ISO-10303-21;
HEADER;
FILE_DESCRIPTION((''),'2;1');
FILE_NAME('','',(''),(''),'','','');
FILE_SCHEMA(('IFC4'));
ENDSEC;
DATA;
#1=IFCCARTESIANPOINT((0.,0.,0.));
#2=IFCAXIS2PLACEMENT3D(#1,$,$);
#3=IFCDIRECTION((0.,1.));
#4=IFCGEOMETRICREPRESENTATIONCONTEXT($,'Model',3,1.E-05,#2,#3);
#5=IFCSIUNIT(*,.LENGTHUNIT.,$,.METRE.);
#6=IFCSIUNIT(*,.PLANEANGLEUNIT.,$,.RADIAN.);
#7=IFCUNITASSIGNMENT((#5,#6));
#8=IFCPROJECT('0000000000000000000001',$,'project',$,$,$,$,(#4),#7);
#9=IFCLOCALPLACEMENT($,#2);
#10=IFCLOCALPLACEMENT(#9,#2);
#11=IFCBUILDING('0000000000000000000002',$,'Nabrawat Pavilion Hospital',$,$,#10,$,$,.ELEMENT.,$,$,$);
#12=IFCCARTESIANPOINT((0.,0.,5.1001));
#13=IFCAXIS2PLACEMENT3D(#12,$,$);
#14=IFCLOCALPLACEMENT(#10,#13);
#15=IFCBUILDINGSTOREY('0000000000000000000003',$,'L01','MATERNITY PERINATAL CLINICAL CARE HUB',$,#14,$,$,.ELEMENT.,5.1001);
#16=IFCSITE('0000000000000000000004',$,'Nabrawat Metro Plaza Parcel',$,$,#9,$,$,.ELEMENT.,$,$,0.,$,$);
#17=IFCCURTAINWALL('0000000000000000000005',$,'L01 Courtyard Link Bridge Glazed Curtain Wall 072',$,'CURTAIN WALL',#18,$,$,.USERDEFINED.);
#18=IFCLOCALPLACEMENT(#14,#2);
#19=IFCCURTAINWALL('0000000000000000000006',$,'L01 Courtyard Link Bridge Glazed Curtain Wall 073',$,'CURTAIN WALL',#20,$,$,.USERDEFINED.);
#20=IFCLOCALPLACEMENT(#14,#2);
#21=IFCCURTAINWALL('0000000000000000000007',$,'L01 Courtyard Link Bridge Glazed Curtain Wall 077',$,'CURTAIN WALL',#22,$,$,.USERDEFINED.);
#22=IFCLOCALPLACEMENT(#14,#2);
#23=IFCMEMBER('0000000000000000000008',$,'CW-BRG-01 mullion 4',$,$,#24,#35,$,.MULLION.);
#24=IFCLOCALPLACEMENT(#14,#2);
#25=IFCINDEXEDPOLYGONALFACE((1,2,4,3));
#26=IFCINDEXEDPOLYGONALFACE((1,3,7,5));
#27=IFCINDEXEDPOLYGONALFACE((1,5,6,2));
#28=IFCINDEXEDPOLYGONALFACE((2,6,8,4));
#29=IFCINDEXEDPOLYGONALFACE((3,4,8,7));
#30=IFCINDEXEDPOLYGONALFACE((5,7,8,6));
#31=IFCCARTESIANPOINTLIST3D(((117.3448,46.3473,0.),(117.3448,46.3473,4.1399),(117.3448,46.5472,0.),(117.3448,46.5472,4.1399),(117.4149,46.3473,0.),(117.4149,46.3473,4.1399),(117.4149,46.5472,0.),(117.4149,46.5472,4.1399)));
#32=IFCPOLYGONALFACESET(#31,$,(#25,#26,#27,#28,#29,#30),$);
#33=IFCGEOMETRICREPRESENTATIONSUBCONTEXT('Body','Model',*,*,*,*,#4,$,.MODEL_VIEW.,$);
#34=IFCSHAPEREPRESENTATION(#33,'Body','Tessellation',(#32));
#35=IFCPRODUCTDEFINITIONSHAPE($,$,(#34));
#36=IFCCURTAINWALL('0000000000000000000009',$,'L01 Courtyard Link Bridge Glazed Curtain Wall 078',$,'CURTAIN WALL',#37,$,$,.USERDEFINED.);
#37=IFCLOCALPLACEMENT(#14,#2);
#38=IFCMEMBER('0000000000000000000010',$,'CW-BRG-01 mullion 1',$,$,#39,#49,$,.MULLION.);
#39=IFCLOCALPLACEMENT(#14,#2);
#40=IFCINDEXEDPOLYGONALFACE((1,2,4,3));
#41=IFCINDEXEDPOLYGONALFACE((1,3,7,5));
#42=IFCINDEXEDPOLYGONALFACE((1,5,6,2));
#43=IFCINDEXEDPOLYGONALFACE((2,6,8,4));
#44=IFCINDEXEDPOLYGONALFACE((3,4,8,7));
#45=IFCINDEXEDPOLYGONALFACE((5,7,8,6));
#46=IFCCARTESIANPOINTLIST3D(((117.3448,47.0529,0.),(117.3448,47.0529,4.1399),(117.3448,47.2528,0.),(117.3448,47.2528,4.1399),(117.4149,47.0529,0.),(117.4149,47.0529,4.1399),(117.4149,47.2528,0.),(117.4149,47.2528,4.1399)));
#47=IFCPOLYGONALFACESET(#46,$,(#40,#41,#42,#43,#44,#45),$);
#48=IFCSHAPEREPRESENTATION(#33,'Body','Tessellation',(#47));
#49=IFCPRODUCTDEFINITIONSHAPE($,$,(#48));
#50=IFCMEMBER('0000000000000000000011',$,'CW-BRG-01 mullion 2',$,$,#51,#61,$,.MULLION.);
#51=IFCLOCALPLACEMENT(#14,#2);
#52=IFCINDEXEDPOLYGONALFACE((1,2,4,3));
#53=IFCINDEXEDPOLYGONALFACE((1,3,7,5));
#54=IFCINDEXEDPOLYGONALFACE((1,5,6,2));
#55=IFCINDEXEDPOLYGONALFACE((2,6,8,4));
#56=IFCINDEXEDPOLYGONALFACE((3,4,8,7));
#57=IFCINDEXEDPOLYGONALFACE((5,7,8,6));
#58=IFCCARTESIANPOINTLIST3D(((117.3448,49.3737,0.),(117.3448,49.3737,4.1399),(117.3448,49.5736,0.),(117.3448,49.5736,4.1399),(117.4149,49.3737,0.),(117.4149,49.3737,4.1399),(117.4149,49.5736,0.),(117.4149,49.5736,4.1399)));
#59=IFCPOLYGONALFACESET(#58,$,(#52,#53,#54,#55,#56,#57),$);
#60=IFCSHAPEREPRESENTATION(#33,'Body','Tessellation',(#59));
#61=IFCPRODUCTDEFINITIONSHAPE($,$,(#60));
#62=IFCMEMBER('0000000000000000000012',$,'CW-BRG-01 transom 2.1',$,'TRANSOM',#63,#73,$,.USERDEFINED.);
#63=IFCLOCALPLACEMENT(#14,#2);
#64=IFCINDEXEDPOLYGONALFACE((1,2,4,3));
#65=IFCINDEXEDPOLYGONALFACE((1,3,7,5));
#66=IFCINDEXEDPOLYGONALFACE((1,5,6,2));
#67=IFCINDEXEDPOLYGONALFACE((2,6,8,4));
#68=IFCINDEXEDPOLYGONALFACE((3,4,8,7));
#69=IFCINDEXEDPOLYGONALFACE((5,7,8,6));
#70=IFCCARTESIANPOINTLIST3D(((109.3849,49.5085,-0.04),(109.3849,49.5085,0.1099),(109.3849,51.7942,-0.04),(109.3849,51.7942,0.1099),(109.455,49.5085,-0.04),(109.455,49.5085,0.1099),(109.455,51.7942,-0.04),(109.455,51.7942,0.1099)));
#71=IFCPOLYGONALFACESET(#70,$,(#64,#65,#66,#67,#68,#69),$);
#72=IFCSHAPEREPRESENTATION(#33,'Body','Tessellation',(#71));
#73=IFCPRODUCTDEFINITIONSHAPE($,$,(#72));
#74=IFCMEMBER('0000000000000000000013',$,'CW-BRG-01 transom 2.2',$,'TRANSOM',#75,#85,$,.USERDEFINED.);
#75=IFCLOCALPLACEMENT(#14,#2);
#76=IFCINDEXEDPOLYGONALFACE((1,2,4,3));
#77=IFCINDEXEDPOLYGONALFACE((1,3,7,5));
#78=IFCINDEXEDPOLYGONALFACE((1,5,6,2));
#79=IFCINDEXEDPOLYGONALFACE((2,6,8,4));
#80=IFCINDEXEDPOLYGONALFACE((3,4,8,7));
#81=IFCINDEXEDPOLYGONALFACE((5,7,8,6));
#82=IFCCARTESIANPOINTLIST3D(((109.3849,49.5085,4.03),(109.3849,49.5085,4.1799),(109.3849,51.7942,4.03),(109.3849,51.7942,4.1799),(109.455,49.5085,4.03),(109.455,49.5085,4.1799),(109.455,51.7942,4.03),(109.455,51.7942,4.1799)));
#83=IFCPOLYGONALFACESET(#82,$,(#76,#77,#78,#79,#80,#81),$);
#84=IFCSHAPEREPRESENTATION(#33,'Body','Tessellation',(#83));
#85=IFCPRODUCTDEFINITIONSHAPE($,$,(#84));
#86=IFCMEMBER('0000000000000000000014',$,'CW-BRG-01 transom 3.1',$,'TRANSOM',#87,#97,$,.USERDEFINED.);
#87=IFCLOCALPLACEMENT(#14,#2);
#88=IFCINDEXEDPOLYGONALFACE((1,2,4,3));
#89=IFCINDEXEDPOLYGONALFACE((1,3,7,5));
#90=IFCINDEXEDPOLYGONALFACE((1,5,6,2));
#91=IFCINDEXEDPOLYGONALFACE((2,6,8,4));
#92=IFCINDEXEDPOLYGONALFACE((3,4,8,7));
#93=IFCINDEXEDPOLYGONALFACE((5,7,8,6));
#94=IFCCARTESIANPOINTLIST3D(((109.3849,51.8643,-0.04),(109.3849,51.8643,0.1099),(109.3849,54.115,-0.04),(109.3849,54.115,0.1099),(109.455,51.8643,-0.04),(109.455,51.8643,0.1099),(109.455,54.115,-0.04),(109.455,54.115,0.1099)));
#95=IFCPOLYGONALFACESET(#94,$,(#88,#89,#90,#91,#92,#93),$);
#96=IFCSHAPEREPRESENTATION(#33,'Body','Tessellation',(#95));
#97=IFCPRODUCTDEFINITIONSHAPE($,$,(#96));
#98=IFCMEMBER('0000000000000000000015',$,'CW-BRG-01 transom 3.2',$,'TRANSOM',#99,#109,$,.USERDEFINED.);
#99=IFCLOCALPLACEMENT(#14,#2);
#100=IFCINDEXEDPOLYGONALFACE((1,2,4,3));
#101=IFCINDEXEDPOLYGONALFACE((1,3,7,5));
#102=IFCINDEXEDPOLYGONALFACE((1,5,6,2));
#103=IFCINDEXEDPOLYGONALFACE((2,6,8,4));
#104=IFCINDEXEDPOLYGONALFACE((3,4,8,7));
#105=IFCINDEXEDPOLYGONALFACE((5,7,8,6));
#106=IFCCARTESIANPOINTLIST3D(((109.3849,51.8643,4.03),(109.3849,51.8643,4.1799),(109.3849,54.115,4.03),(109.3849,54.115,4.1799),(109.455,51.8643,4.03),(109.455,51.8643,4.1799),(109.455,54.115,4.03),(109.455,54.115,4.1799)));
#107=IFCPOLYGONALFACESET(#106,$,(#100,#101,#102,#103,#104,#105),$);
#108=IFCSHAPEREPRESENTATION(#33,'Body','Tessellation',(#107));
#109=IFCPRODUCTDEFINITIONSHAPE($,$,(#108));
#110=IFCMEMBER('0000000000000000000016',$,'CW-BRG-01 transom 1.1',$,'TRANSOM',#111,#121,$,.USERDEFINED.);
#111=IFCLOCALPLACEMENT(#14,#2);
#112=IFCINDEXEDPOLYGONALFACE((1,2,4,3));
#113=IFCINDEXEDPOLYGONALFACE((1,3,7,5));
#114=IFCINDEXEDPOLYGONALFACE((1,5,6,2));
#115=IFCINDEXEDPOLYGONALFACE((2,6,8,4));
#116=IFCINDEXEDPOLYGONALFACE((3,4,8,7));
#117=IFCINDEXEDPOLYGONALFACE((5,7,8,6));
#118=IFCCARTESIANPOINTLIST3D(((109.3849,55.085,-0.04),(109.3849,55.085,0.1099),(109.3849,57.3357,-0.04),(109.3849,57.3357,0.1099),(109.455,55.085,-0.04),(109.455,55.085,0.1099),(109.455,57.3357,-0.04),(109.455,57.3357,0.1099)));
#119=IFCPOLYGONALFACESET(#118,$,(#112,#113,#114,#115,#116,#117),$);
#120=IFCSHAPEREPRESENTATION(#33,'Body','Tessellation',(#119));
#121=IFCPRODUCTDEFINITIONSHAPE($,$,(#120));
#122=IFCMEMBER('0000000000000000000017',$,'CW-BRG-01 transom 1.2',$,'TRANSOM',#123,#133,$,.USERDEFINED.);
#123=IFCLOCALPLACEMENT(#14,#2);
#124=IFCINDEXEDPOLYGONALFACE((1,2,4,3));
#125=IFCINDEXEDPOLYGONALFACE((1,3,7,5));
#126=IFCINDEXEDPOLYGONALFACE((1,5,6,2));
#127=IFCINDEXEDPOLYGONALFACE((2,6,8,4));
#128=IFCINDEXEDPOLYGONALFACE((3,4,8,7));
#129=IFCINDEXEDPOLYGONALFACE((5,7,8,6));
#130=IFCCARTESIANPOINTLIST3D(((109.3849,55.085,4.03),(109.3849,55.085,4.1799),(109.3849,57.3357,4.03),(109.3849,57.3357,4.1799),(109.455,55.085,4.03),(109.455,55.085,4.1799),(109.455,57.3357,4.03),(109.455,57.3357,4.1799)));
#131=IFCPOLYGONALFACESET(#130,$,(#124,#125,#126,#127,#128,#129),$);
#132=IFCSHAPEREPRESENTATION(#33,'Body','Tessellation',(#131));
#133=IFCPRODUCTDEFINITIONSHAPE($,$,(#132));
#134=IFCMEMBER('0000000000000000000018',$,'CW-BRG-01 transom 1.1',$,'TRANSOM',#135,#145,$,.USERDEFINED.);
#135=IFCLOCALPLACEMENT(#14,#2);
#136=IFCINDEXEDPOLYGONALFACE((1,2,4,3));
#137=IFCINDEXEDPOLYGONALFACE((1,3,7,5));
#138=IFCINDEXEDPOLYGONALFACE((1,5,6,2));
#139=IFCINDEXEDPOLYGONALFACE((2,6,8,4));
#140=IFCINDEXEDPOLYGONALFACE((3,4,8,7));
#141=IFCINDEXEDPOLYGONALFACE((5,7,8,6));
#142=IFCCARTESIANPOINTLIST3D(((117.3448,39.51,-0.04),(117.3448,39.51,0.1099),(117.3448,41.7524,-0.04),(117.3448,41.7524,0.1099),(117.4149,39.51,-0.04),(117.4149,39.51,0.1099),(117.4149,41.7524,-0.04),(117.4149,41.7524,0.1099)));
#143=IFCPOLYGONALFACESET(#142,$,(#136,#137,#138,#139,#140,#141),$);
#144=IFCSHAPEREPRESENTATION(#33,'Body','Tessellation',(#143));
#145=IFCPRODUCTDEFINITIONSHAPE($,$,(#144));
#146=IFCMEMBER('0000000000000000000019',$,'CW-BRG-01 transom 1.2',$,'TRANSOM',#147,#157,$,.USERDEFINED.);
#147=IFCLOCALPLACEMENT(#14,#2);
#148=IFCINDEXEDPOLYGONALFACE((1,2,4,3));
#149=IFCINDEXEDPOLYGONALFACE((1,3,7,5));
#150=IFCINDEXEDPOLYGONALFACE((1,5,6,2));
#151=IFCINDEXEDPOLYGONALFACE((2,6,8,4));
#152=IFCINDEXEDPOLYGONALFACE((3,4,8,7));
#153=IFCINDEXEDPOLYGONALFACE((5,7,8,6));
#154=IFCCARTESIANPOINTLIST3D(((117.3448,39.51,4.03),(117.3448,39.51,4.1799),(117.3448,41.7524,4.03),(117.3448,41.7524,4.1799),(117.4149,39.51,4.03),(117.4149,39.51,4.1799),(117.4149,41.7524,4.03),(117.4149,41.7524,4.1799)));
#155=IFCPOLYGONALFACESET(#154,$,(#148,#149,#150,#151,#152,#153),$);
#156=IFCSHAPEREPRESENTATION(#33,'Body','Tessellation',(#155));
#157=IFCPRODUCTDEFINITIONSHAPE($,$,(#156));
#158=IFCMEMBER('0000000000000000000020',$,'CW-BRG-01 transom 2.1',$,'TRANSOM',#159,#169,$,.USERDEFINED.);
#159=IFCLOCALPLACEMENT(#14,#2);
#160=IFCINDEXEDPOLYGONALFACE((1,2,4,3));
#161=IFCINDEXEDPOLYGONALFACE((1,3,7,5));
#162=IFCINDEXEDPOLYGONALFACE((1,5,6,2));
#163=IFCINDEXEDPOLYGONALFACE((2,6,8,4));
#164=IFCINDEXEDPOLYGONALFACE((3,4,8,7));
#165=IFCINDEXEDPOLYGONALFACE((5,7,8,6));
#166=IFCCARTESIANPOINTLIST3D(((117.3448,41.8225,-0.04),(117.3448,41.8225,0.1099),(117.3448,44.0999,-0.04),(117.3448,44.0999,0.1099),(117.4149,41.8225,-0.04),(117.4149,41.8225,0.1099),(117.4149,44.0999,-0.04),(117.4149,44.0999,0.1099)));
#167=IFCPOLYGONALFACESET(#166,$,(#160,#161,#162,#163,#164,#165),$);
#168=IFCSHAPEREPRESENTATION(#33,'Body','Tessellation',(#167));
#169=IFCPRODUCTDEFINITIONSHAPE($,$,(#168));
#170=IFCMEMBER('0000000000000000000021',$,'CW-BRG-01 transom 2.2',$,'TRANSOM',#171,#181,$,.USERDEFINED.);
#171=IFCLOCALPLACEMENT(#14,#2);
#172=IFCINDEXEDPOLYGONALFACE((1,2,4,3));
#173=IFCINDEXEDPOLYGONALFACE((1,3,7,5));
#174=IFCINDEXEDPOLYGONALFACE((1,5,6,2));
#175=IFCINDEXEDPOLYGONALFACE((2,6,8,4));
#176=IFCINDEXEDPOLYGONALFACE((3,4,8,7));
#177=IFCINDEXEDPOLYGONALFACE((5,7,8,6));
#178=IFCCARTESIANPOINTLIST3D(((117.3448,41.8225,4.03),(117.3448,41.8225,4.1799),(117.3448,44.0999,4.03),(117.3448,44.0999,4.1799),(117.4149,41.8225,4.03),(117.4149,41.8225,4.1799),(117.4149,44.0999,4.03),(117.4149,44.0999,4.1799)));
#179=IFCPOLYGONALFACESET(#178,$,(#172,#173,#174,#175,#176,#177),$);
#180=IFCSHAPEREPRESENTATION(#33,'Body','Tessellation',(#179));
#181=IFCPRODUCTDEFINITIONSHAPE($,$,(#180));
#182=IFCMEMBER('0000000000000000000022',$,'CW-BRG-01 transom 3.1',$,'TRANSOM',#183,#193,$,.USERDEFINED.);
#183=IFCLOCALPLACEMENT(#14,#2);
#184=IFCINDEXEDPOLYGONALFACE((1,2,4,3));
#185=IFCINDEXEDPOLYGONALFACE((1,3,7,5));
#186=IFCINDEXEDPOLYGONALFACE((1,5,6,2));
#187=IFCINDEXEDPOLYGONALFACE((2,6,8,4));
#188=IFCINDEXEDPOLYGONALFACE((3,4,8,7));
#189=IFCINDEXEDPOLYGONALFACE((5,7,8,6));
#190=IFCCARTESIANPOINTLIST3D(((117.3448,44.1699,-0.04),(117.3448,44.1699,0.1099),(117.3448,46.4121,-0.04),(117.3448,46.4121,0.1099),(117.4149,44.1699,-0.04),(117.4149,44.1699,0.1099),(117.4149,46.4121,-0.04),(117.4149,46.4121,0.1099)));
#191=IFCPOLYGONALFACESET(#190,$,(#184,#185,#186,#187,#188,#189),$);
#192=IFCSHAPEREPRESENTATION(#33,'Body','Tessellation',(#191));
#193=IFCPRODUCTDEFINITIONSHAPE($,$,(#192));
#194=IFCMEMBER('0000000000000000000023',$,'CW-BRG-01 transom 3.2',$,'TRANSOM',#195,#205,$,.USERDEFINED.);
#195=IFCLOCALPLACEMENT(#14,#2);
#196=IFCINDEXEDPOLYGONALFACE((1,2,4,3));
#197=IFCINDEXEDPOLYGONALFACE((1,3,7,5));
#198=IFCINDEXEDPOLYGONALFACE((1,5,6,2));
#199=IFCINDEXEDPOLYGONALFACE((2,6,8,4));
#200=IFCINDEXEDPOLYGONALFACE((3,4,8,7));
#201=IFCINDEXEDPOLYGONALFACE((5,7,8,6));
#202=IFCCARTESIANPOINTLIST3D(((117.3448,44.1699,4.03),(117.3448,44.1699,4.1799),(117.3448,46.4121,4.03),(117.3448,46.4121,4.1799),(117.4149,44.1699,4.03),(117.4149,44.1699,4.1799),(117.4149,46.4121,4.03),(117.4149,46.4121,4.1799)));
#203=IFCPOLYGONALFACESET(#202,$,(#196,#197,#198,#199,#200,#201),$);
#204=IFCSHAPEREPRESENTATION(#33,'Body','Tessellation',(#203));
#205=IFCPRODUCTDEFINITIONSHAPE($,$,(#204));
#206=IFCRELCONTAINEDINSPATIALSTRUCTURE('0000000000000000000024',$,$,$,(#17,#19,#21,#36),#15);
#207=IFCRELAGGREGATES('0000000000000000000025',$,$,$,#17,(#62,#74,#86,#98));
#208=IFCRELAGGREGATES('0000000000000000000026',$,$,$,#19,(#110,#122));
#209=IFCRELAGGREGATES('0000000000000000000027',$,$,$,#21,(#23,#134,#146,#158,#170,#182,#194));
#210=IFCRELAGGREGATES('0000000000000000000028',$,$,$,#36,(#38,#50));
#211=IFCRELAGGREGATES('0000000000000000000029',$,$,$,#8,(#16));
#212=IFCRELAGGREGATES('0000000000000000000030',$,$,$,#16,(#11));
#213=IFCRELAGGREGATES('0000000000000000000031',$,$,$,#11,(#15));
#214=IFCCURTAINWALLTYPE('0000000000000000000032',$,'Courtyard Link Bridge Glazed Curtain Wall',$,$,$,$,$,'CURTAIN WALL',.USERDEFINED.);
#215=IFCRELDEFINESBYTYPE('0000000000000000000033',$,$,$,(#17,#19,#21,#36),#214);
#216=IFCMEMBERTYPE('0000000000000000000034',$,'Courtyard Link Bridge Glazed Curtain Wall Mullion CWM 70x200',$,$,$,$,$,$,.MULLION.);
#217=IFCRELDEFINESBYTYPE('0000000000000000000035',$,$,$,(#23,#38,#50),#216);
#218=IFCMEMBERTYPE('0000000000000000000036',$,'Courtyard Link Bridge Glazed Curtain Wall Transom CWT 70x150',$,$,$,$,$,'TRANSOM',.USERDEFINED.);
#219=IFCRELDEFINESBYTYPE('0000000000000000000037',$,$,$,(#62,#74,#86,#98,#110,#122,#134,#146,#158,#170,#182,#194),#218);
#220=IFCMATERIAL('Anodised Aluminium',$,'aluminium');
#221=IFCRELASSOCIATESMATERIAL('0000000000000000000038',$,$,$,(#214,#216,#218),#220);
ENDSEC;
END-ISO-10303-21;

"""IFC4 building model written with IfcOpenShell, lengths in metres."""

from ifc_helpers import new_model, si_unit, direction, frame, origin, origin_2d, place, context, subcontext, project, spatial, rectangle, extrude, material, material_profile, profile_set, type_object, element, aggregate, save


model = new_model("IFC4")

# Units and contexts
model_context = context("Model", 3, precision=1e-05, world=origin(), true_north=direction((0.0, 1.0)))
body_context = subcontext(model_context, "Body", "Model", "MODEL_VIEW")
ifc_project = project(units=[si_unit("LENGTHUNIT", "METRE"), si_unit("PLANEANGLEUNIT", "RADIAN")], contexts=[model_context])

# Site, building, storey
site_placement = place(None, origin())
site = spatial("IfcSite", under=ifc_project, at=site_placement, Name="Nabrawat Metro Plaza Parcel", CompositionType="ELEMENT", RefElevation=0.0)
building_placement = place(site_placement, origin())
building = spatial("IfcBuilding", under=site, at=building_placement, Name="Nabrawat Pavilion Hospital", CompositionType="ELEMENT")
storey_placement = place(building_placement, frame((0.0, 0.0, 5.1001)))
storey = spatial("IfcBuildingStorey", under=building, at=storey_placement, Name="L01", Description="MATERNITY PERINATAL CLINICAL CARE HUB", CompositionType="ELEMENT", Elevation=5.1001)

# Curtain wall
ifc_material_1 = material(Name="Anodised Aluminium", Category="aluminium")
curtain_wall_type = type_object("IfcCurtainWallType", Name="Courtyard Link Bridge Glazed Curtain Wall", ElementType="CURTAIN WALL", PredefinedType="USERDEFINED", material=ifc_material_1)
curtain_wall_1_placement = place(storey_placement, origin())
curtain_wall_1 = element("IfcCurtainWall", 1, at=curtain_wall_1_placement, inside=storey, type_object=curtain_wall_type, Name="L01 Courtyard Link Bridge Glazed Curtain Wall 072", ObjectType="CURTAIN WALL", PredefinedType="USERDEFINED")
ifc_material_profile_1 = material_profile(ifc_material_1, rectangle(XDim=0.0701, YDim=0.2, at=origin_2d()), Name="CWM 70x200")
ifc_profile_set_1 = profile_set([ifc_material_profile_1], Name="Anodised Aluminium")
member_type_1 = type_object("IfcMemberType", Name="Courtyard Link Bridge Glazed Curtain Wall Mullion CWM 70x200", PredefinedType="MULLION", material=ifc_profile_set_1)

# Curtain wall
curtain_wall_2_placement = place(storey_placement, origin())
curtain_wall_2 = element("IfcCurtainWall", 2, at=curtain_wall_2_placement, inside=storey, type_object=curtain_wall_type, Name="L01 Courtyard Link Bridge Glazed Curtain Wall 073", ObjectType="CURTAIN WALL", PredefinedType="USERDEFINED")

# Curtain walls, members
curtain_wall_3_placement = place(storey_placement, origin())
curtain_wall_3 = element("IfcCurtainWall", 3, at=curtain_wall_3_placement, inside=storey, type_object=curtain_wall_type, Name="L01 Courtyard Link Bridge Glazed Curtain Wall 077", ObjectType="CURTAIN WALL", PredefinedType="USERDEFINED")
member_1_placement = place(storey_placement, frame((117.3799, 46.4473, 0.0), z_axis=(0.0, 0.0, 1.0), x_axis=(-1.0, 0.0, 0.0)))
member_1 = element("IfcMember", 4, at=member_1_placement, type_object=member_type_1, Name="CW-BRG-01 mullion 4", PredefinedType="MULLION", context=body_context, shape_type="SweptSolid", body=[
    extrude(rectangle(XDim=0.0701, YDim=0.2, at=origin_2d()), origin(), (0.0, 0.0, 1.0), 4.1399),
])
curtain_wall_4_placement = place(storey_placement, origin())
curtain_wall_4 = element("IfcCurtainWall", 5, at=curtain_wall_4_placement, inside=storey, type_object=curtain_wall_type, Name="L01 Courtyard Link Bridge Glazed Curtain Wall 078", ObjectType="CURTAIN WALL", PredefinedType="USERDEFINED")
member_2_placement = place(storey_placement, frame((117.3799, 47.1528, 0.0), z_axis=(0.0, 0.0, 1.0), x_axis=(-1.0, 0.0, 0.0)))
member_2 = element("IfcMember", 6, at=member_2_placement, type_object=member_type_1, Name="CW-BRG-01 mullion 1", PredefinedType="MULLION", context=body_context, shape_type="SweptSolid", body=[
    extrude(rectangle(XDim=0.0701, YDim=0.2, at=origin_2d()), origin(), (0.0, 0.0, 1.0), 4.1399),
])
member_3_placement = place(storey_placement, frame((117.3799, 49.4736, 0.0), z_axis=(0.0, 0.0, 1.0), x_axis=(-1.0, 0.0, 0.0)))
member_3 = element("IfcMember", 7, at=member_3_placement, type_object=member_type_1, Name="CW-BRG-01 mullion 2", PredefinedType="MULLION", context=body_context, shape_type="SweptSolid", body=[
    extrude(rectangle(XDim=0.0701, YDim=0.2, at=origin_2d()), origin(), (0.0, 0.0, 1.0), 4.1399),
])

# Members
ifc_material_profile_2 = material_profile(ifc_material_1, rectangle(XDim=0.0701, YDim=0.1499, at=origin_2d()), Name="CWT 70x150")
ifc_profile_set_2 = profile_set([ifc_material_profile_2], Name="Anodised Aluminium")
member_type_2 = type_object("IfcMemberType", Name="Courtyard Link Bridge Glazed Curtain Wall Transom CWT 70x150", ElementType="TRANSOM", PredefinedType="USERDEFINED", material=ifc_profile_set_2)
member_4_placement = place(storey_placement, frame((109.4199, 49.5085, 0.0349), z_axis=(0.0, 1.0, 0.0), x_axis=(-1.0, 0.0, 0.0)))
member_4 = element("IfcMember", 8, at=member_4_placement, type_object=member_type_2, Name="CW-BRG-01 transom 2.1", ObjectType="TRANSOM", PredefinedType="USERDEFINED", context=body_context, shape_type="SweptSolid", body=[
    extrude(rectangle(XDim=0.0701, YDim=0.1499, at=origin_2d()), origin(), (0.0, 0.0, 1.0), 2.2856),
])
member_5_placement = place(storey_placement, frame((109.4199, 49.5085, 4.105), z_axis=(0.0, 1.0, 0.0), x_axis=(-1.0, 0.0, 0.0)))
member_5 = element("IfcMember", 9, at=member_5_placement, type_object=member_type_2, Name="CW-BRG-01 transom 2.2", ObjectType="TRANSOM", PredefinedType="USERDEFINED", context=body_context, shape_type="SweptSolid", body=[
    extrude(rectangle(XDim=0.0701, YDim=0.1499, at=origin_2d()), origin(), (0.0, 0.0, 1.0), 2.2856),
])
member_6_placement = place(storey_placement, frame((109.4199, 51.8643, 0.0349), z_axis=(0.0, 1.0, 0.0), x_axis=(-1.0, 0.0, 0.0)))
member_6 = element("IfcMember", 10, at=member_6_placement, type_object=member_type_2, Name="CW-BRG-01 transom 3.1", ObjectType="TRANSOM", PredefinedType="USERDEFINED", context=body_context, shape_type="SweptSolid", body=[
    extrude(rectangle(XDim=0.0701, YDim=0.1499, at=origin_2d()), origin(), (0.0, 0.0, 1.0), 2.2507),
])
member_7_placement = place(storey_placement, frame((109.4199, 51.8643, 4.105), z_axis=(0.0, 1.0, 0.0), x_axis=(-1.0, 0.0, 0.0)))
member_7 = element("IfcMember", 11, at=member_7_placement, type_object=member_type_2, Name="CW-BRG-01 transom 3.2", ObjectType="TRANSOM", PredefinedType="USERDEFINED", context=body_context, shape_type="SweptSolid", body=[
    extrude(rectangle(XDim=0.0701, YDim=0.1499, at=origin_2d()), origin(), (0.0, 0.0, 1.0), 2.2507),
])
member_8_placement = place(storey_placement, frame((109.4199, 55.085, 0.0349), z_axis=(0.0, 1.0, 0.0), x_axis=(-1.0, 0.0, 0.0)))
member_8 = element("IfcMember", 12, at=member_8_placement, type_object=member_type_2, Name="CW-BRG-01 transom 1.1", ObjectType="TRANSOM", PredefinedType="USERDEFINED", context=body_context, shape_type="SweptSolid", body=[
    extrude(rectangle(XDim=0.0701, YDim=0.1499, at=origin_2d()), origin(), (0.0, 0.0, 1.0), 2.2507),
])
member_9_placement = place(storey_placement, frame((109.4199, 55.085, 4.105), z_axis=(0.0, 1.0, 0.0), x_axis=(-1.0, 0.0, 0.0)))
member_9 = element("IfcMember", 13, at=member_9_placement, type_object=member_type_2, Name="CW-BRG-01 transom 1.2", ObjectType="TRANSOM", PredefinedType="USERDEFINED", context=body_context, shape_type="SweptSolid", body=[
    extrude(rectangle(XDim=0.0701, YDim=0.1499, at=origin_2d()), origin(), (0.0, 0.0, 1.0), 2.2507),
])
member_10_placement = place(storey_placement, frame((117.3799, 39.51, 0.0349), z_axis=(0.0, 1.0, 0.0), x_axis=(-1.0, 0.0, 0.0)))
member_10 = element("IfcMember", 14, at=member_10_placement, type_object=member_type_2, Name="CW-BRG-01 transom 1.1", ObjectType="TRANSOM", PredefinedType="USERDEFINED", context=body_context, shape_type="SweptSolid", body=[
    extrude(rectangle(XDim=0.0701, YDim=0.1499, at=origin_2d()), origin(), (0.0, 0.0, 1.0), 2.2424),
])
member_11_placement = place(storey_placement, frame((117.3799, 39.51, 4.105), z_axis=(0.0, 1.0, 0.0), x_axis=(-1.0, 0.0, 0.0)))
member_11 = element("IfcMember", 15, at=member_11_placement, type_object=member_type_2, Name="CW-BRG-01 transom 1.2", ObjectType="TRANSOM", PredefinedType="USERDEFINED", context=body_context, shape_type="SweptSolid", body=[
    extrude(rectangle(XDim=0.0701, YDim=0.1499, at=origin_2d()), origin(), (0.0, 0.0, 1.0), 2.2424),
])
member_12_placement = place(storey_placement, frame((117.3799, 41.8225, 0.0349), z_axis=(0.0, 1.0, 0.0), x_axis=(-1.0, 0.0, 0.0)))
member_12 = element("IfcMember", 16, at=member_12_placement, type_object=member_type_2, Name="CW-BRG-01 transom 2.1", ObjectType="TRANSOM", PredefinedType="USERDEFINED", context=body_context, shape_type="SweptSolid", body=[
    extrude(rectangle(XDim=0.0701, YDim=0.1499, at=origin_2d()), origin(), (0.0, 0.0, 1.0), 2.2773),
])
member_13_placement = place(storey_placement, frame((117.3799, 41.8225, 4.105), z_axis=(0.0, 1.0, 0.0), x_axis=(-1.0, 0.0, 0.0)))
member_13 = element("IfcMember", 17, at=member_13_placement, type_object=member_type_2, Name="CW-BRG-01 transom 2.2", ObjectType="TRANSOM", PredefinedType="USERDEFINED", context=body_context, shape_type="SweptSolid", body=[
    extrude(rectangle(XDim=0.0701, YDim=0.1499, at=origin_2d()), origin(), (0.0, 0.0, 1.0), 2.2773),
])
member_14_placement = place(storey_placement, frame((117.3799, 44.1699, 0.0349), z_axis=(0.0, 1.0, 0.0), x_axis=(-1.0, 0.0, 0.0)))
member_14 = element("IfcMember", 18, at=member_14_placement, type_object=member_type_2, Name="CW-BRG-01 transom 3.1", ObjectType="TRANSOM", PredefinedType="USERDEFINED", context=body_context, shape_type="SweptSolid", body=[
    extrude(rectangle(XDim=0.0701, YDim=0.1499, at=origin_2d()), origin(), (0.0, 0.0, 1.0), 2.2422),
])
member_15_placement = place(storey_placement, frame((117.3799, 44.1699, 4.105), z_axis=(0.0, 1.0, 0.0), x_axis=(-1.0, 0.0, 0.0)))
member_15 = element("IfcMember", 19, at=member_15_placement, type_object=member_type_2, Name="CW-BRG-01 transom 3.2", ObjectType="TRANSOM", PredefinedType="USERDEFINED", context=body_context, shape_type="SweptSolid", body=[
    extrude(rectangle(XDim=0.0701, YDim=0.1499, at=origin_2d()), origin(), (0.0, 0.0, 1.0), 2.2422),
])

aggregate(curtain_wall_1, [member_4, member_5, member_6, member_7])
aggregate(curtain_wall_2, [member_8, member_9])
aggregate(curtain_wall_3, [member_1, member_10, member_11, member_12, member_13, member_14, member_15])
aggregate(curtain_wall_4, [member_2, member_3])

save(model, "model.ifc")
